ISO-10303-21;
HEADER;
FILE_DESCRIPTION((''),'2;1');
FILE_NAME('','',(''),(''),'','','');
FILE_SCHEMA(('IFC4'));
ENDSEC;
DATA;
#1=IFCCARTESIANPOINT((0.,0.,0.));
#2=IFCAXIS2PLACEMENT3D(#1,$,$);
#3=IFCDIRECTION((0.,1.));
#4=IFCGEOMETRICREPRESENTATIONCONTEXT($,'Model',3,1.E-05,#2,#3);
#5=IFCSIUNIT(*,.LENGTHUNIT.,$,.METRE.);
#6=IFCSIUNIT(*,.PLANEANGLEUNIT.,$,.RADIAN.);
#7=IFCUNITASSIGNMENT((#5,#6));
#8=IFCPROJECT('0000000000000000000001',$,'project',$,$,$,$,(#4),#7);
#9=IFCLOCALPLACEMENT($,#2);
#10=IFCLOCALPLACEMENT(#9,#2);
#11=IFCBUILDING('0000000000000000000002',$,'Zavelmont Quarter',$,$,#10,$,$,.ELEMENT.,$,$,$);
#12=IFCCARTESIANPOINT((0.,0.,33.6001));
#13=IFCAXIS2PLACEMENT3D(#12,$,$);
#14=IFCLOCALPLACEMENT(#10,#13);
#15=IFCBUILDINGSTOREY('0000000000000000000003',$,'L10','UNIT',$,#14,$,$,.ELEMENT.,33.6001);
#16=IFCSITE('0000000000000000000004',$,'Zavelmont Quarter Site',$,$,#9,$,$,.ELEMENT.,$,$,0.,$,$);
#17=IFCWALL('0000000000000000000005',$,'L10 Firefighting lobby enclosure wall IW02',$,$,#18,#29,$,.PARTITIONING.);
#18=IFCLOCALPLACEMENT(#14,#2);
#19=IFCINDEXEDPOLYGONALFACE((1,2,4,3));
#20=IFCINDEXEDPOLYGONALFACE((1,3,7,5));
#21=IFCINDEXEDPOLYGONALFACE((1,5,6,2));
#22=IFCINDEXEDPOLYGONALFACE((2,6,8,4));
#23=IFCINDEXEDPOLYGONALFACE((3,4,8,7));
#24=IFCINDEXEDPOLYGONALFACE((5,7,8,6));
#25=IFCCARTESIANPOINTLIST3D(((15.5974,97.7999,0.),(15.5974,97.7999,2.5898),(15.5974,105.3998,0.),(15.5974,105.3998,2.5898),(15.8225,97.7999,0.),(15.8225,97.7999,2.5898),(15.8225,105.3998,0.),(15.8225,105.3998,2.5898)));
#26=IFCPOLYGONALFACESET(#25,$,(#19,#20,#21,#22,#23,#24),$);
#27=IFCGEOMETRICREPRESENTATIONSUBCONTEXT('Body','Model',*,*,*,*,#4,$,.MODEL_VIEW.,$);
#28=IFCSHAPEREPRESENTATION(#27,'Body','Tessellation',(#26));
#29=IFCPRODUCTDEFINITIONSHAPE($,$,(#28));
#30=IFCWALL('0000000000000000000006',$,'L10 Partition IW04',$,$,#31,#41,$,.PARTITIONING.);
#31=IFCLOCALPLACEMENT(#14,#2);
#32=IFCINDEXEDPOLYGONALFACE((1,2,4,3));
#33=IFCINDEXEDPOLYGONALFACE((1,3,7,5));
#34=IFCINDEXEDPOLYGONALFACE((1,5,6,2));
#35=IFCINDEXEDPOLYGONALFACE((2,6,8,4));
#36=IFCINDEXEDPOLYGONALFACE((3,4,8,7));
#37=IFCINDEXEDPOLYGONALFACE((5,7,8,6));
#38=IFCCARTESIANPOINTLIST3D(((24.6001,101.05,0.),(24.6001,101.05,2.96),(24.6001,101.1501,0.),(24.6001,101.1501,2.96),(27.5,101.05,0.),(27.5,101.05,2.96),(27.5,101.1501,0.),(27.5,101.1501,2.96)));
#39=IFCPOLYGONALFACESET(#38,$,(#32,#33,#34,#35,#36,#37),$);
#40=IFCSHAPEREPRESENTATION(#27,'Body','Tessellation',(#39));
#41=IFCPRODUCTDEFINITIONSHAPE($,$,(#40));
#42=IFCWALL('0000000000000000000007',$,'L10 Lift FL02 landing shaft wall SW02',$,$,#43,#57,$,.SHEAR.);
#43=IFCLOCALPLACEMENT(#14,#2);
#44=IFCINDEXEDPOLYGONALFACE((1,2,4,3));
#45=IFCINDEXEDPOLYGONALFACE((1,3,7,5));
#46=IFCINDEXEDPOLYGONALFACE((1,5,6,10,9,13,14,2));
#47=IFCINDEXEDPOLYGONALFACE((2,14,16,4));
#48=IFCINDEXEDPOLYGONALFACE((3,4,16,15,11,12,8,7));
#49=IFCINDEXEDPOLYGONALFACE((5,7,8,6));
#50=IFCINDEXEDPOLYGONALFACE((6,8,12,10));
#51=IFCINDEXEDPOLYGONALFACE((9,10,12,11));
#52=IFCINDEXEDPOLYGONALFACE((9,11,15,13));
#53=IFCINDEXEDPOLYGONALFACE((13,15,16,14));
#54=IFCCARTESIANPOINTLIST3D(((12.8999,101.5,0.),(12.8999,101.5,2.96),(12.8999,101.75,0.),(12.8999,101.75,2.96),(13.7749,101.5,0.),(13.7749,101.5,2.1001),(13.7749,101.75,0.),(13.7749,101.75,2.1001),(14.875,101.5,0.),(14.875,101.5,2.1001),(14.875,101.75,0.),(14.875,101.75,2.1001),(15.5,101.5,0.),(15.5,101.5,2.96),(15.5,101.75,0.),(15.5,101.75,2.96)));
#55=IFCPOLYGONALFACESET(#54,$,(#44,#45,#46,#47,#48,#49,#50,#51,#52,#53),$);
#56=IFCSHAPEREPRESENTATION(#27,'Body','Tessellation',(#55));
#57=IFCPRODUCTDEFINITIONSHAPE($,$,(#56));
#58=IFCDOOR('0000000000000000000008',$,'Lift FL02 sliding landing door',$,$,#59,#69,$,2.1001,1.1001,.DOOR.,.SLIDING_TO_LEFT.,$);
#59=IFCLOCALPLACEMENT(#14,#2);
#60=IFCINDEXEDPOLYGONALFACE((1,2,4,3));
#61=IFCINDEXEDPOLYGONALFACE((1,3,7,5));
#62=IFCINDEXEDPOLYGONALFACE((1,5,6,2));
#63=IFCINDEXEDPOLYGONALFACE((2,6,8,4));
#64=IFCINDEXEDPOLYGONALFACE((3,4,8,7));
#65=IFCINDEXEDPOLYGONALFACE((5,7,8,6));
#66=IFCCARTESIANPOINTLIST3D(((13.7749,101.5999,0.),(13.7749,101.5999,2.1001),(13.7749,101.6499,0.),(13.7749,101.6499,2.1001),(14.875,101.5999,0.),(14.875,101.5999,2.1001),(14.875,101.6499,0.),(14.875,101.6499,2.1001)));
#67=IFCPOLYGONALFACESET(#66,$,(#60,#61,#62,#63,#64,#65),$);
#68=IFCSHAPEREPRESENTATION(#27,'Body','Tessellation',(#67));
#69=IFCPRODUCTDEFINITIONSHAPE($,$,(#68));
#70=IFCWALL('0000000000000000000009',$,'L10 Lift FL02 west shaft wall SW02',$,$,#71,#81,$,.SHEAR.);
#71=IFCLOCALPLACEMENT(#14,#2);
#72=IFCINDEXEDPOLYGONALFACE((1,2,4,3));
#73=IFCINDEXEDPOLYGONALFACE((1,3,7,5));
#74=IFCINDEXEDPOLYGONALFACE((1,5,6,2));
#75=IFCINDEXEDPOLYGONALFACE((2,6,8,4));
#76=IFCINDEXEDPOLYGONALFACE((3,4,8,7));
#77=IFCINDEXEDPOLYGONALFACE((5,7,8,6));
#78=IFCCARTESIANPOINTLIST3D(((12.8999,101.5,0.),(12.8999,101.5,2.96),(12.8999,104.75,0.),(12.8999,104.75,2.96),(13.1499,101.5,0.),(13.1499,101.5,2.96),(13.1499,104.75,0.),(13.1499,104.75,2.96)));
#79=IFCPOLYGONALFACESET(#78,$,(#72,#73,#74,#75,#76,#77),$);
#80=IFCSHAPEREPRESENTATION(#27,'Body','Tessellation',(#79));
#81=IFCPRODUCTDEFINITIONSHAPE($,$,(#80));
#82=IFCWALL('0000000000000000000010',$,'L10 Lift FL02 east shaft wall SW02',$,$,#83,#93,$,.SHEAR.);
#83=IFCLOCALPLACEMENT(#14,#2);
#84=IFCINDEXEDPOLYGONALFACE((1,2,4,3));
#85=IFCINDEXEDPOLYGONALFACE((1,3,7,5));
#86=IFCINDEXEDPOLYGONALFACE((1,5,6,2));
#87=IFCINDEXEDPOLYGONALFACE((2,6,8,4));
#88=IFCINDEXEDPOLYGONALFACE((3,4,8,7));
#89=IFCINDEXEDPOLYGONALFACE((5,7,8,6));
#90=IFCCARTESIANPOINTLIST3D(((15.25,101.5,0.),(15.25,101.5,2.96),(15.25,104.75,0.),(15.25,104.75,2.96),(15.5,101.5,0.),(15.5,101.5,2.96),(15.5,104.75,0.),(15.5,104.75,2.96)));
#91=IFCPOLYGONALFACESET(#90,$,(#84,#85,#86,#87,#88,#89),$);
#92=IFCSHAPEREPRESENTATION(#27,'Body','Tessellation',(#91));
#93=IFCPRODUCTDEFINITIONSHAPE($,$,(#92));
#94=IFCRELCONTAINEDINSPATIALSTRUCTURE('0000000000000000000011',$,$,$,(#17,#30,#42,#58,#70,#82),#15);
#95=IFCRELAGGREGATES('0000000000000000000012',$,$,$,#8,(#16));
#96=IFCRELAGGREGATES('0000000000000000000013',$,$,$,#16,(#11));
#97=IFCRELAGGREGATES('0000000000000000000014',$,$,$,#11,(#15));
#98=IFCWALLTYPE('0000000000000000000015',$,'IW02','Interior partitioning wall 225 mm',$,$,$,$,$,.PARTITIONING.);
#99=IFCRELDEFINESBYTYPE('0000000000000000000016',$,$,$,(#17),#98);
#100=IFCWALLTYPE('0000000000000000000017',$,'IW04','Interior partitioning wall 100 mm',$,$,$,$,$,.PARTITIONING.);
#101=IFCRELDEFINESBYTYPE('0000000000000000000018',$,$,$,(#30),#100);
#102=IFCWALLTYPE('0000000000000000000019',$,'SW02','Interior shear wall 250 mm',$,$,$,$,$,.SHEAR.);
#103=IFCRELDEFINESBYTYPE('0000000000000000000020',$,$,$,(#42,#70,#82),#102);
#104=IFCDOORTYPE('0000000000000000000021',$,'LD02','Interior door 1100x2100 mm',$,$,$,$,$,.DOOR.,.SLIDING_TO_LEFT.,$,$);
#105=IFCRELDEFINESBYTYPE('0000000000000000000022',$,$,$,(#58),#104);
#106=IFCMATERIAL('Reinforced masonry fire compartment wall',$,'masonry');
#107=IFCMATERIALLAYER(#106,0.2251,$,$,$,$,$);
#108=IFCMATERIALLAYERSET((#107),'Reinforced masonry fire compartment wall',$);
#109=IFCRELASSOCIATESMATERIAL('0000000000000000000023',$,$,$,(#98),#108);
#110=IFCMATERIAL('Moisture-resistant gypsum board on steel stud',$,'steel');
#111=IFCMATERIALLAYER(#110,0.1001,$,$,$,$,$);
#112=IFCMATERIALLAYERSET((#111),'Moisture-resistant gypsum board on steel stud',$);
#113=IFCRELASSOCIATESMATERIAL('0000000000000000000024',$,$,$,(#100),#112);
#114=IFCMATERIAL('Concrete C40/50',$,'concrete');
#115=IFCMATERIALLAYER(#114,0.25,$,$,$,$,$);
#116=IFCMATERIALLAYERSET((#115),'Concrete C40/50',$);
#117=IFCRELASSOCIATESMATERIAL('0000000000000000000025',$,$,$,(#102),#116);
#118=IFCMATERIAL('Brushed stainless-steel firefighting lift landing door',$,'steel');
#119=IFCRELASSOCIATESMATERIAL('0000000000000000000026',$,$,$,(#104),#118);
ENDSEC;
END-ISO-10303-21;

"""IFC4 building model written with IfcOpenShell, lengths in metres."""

from ifc_helpers import new_model, si_unit, direction, frame, frame_2d, origin, origin_with_axes, place, context, subcontext, project, spatial, rectangle, extrude, material, layer, layer_set, type_object, element, fill, save


model = new_model("IFC4")

# Units and contexts
model_context = context("Model", 3, precision=1e-05, world=origin(), true_north=direction((0.0, 1.0)))
body_context = subcontext(model_context, "Body", "Model", "MODEL_VIEW")
ifc_project = project(units=[si_unit("LENGTHUNIT", "METRE"), si_unit("PLANEANGLEUNIT", "RADIAN")], contexts=[model_context])

# Site, building, storey
site_placement = place(None, origin())
site = spatial("IfcSite", under=ifc_project, at=site_placement, Name="Zavelmont Quarter Site", CompositionType="ELEMENT", RefElevation=0.0)
building_placement = place(site_placement, origin())
building = spatial("IfcBuilding", under=site, at=building_placement, Name="Zavelmont Quarter", CompositionType="ELEMENT")
storey_placement = place(building_placement, frame((0.0, 0.0, 33.6001)))
storey = spatial("IfcBuildingStorey", under=building, at=storey_placement, Name="L10", Description="UNIT", CompositionType="ELEMENT", Elevation=33.6001)

# Wall
ifc_material_1 = material(Name="Reinforced masonry fire compartment wall", Category="masonry")
ifc_layer_1 = layer(ifc_material_1, 0.2251)
ifc_layer_set_1 = layer_set([ifc_layer_1], Name="Reinforced masonry fire compartment wall")
wall_type_1 = type_object("IfcWallType", Name="IW02", Description="Interior partitioning wall 225 mm", PredefinedType="PARTITIONING", material=ifc_layer_set_1)
wall_1_placement = place(storey_placement, frame((15.71, 97.8, 0.0), z_axis=(0.0, 0.0, 1.0), x_axis=(0.0, 1.0, 0.0)))
element("IfcWall", 1, at=wall_1_placement, inside=storey, type_object=wall_type_1, Name="L10 Firefighting lobby enclosure wall IW02", PredefinedType="PARTITIONING", context=body_context, shape_type="SweptSolid", body=[
    extrude(rectangle(XDim=7.5999, YDim=0.2251, at=frame_2d((3.7998, 0.0))), origin(), (0.0, 0.0, 1.0), 2.5898),
])

# Wall
ifc_material_2 = material(Name="Moisture-resistant gypsum board on steel stud", Category="steel")
ifc_layer_2 = layer(ifc_material_2, 0.1001)
ifc_layer_set_2 = layer_set([ifc_layer_2], Name="Moisture-resistant gypsum board on steel stud")
wall_type_2 = type_object("IfcWallType", Name="IW04", Description="Interior partitioning wall 100 mm", PredefinedType="PARTITIONING", material=ifc_layer_set_2)
wall_2_placement = place(storey_placement, frame((24.6001, 101.1001, 0.0), z_axis=(0.0, 0.0, 1.0), x_axis=(1.0, 0.0, 0.0)))
element("IfcWall", 2, at=wall_2_placement, inside=storey, type_object=wall_type_2, Name="L10 Partition IW04", PredefinedType="PARTITIONING", context=body_context, shape_type="SweptSolid", body=[
    extrude(rectangle(XDim=2.8999, YDim=0.1001, at=frame_2d((1.45, 0.0))), origin(), (0.0, 0.0, 1.0), 2.96),
])

# Wall, opening, door
ifc_material_3 = material(Name="Concrete C40/50", Category="concrete")
ifc_layer_3 = layer(ifc_material_3, 0.25)
ifc_layer_set_3 = layer_set([ifc_layer_3], Name="Concrete C40/50")
wall_type_3 = type_object("IfcWallType", Name="SW02", Description="Interior shear wall 250 mm", PredefinedType="SHEAR", material=ifc_layer_set_3)
wall_3_placement = place(storey_placement, frame((12.8999, 101.625, 0.0), z_axis=(0.0, 0.0, 1.0), x_axis=(1.0, 0.0, 0.0)))
wall_3 = element("IfcWall", 3, at=wall_3_placement, inside=storey, type_object=wall_type_3, Name="L10 Lift FL02 landing shaft wall SW02", PredefinedType="SHEAR", context=body_context, shape_type="SweptSolid", body=[
    extrude(rectangle(XDim=2.6001, YDim=0.25, at=frame_2d((1.3, 0.0))), origin(), (0.0, 0.0, 1.0), 2.96),
])
opening_1_placement = place(wall_3_placement, frame((0.875, 0.0, 0.0)))
opening_1 = element("IfcOpeningElement", 4, at=opening_1_placement, cuts=wall_3, PredefinedType="OPENING", context=body_context, shape_type="SweptSolid", body=[
    extrude(rectangle(XDim=1.1001, YDim=2.1001, at=frame_2d((0.55, 1.05))), frame((0.0, 0.137, 0.0), z_axis=(0.0, -1.0, 0.0), x_axis=(1.0, 0.0, 0.0)), (0.0, 0.0, 1.0), 0.2739),
])
ifc_material_4 = material(Name="Brushed stainless-steel firefighting lift landing door", Category="steel")
door_type_1 = type_object("IfcDoorType", Name="LD02", Description="Interior door 1100x2100 mm", OperationType="SLIDING_TO_LEFT", PredefinedType="DOOR", material=ifc_material_4)
door_1_placement = place(opening_1_placement, origin_with_axes())
door_1 = element("IfcDoor", 5, at=door_1_placement, inside=storey, type_object=door_type_1, Name="Lift FL02 sliding landing door", OperationType="SLIDING_TO_LEFT", OverallHeight=2.1001, OverallWidth=1.1001, PredefinedType="DOOR", context=body_context, shape_type="SweptSolid", body=[
    extrude(rectangle(XDim=1.1001, YDim=2.1001, at=frame_2d((0.55, 1.05))), frame((0.0, 0.0249, 0.0), z_axis=(0.0, -1.0, 0.0), x_axis=(1.0, 0.0, 0.0)), (0.0, 0.0, 1.0), 0.05),
])
fill(opening_1, door_1)

# Walls
for number, where, z_axis, x_axis, name in (
    (6, (13.0249, 101.5, 0.0), (0.0, 0.0, 1.0), (0.0, 1.0, 0.0), "L10 Lift FL02 west shaft wall SW02"),
    (7, (15.375, 101.5, 0.0), (0.0, 0.0, 1.0), (0.0, 1.0, 0.0), "L10 Lift FL02 east shaft wall SW02"),
):
    element("IfcWall", number, at=place(storey_placement, frame(where, z_axis=z_axis, x_axis=x_axis)), inside=storey, type_object=wall_type_3, Name=name, PredefinedType="SHEAR", context=body_context, shape_type="SweptSolid", body=[
        extrude(rectangle(XDim=3.25, YDim=0.25, at=frame_2d((1.625, 0.0))), origin(), (0.0, 0.0, 1.0), 2.96),
    ])

save(model, "model.ifc")
